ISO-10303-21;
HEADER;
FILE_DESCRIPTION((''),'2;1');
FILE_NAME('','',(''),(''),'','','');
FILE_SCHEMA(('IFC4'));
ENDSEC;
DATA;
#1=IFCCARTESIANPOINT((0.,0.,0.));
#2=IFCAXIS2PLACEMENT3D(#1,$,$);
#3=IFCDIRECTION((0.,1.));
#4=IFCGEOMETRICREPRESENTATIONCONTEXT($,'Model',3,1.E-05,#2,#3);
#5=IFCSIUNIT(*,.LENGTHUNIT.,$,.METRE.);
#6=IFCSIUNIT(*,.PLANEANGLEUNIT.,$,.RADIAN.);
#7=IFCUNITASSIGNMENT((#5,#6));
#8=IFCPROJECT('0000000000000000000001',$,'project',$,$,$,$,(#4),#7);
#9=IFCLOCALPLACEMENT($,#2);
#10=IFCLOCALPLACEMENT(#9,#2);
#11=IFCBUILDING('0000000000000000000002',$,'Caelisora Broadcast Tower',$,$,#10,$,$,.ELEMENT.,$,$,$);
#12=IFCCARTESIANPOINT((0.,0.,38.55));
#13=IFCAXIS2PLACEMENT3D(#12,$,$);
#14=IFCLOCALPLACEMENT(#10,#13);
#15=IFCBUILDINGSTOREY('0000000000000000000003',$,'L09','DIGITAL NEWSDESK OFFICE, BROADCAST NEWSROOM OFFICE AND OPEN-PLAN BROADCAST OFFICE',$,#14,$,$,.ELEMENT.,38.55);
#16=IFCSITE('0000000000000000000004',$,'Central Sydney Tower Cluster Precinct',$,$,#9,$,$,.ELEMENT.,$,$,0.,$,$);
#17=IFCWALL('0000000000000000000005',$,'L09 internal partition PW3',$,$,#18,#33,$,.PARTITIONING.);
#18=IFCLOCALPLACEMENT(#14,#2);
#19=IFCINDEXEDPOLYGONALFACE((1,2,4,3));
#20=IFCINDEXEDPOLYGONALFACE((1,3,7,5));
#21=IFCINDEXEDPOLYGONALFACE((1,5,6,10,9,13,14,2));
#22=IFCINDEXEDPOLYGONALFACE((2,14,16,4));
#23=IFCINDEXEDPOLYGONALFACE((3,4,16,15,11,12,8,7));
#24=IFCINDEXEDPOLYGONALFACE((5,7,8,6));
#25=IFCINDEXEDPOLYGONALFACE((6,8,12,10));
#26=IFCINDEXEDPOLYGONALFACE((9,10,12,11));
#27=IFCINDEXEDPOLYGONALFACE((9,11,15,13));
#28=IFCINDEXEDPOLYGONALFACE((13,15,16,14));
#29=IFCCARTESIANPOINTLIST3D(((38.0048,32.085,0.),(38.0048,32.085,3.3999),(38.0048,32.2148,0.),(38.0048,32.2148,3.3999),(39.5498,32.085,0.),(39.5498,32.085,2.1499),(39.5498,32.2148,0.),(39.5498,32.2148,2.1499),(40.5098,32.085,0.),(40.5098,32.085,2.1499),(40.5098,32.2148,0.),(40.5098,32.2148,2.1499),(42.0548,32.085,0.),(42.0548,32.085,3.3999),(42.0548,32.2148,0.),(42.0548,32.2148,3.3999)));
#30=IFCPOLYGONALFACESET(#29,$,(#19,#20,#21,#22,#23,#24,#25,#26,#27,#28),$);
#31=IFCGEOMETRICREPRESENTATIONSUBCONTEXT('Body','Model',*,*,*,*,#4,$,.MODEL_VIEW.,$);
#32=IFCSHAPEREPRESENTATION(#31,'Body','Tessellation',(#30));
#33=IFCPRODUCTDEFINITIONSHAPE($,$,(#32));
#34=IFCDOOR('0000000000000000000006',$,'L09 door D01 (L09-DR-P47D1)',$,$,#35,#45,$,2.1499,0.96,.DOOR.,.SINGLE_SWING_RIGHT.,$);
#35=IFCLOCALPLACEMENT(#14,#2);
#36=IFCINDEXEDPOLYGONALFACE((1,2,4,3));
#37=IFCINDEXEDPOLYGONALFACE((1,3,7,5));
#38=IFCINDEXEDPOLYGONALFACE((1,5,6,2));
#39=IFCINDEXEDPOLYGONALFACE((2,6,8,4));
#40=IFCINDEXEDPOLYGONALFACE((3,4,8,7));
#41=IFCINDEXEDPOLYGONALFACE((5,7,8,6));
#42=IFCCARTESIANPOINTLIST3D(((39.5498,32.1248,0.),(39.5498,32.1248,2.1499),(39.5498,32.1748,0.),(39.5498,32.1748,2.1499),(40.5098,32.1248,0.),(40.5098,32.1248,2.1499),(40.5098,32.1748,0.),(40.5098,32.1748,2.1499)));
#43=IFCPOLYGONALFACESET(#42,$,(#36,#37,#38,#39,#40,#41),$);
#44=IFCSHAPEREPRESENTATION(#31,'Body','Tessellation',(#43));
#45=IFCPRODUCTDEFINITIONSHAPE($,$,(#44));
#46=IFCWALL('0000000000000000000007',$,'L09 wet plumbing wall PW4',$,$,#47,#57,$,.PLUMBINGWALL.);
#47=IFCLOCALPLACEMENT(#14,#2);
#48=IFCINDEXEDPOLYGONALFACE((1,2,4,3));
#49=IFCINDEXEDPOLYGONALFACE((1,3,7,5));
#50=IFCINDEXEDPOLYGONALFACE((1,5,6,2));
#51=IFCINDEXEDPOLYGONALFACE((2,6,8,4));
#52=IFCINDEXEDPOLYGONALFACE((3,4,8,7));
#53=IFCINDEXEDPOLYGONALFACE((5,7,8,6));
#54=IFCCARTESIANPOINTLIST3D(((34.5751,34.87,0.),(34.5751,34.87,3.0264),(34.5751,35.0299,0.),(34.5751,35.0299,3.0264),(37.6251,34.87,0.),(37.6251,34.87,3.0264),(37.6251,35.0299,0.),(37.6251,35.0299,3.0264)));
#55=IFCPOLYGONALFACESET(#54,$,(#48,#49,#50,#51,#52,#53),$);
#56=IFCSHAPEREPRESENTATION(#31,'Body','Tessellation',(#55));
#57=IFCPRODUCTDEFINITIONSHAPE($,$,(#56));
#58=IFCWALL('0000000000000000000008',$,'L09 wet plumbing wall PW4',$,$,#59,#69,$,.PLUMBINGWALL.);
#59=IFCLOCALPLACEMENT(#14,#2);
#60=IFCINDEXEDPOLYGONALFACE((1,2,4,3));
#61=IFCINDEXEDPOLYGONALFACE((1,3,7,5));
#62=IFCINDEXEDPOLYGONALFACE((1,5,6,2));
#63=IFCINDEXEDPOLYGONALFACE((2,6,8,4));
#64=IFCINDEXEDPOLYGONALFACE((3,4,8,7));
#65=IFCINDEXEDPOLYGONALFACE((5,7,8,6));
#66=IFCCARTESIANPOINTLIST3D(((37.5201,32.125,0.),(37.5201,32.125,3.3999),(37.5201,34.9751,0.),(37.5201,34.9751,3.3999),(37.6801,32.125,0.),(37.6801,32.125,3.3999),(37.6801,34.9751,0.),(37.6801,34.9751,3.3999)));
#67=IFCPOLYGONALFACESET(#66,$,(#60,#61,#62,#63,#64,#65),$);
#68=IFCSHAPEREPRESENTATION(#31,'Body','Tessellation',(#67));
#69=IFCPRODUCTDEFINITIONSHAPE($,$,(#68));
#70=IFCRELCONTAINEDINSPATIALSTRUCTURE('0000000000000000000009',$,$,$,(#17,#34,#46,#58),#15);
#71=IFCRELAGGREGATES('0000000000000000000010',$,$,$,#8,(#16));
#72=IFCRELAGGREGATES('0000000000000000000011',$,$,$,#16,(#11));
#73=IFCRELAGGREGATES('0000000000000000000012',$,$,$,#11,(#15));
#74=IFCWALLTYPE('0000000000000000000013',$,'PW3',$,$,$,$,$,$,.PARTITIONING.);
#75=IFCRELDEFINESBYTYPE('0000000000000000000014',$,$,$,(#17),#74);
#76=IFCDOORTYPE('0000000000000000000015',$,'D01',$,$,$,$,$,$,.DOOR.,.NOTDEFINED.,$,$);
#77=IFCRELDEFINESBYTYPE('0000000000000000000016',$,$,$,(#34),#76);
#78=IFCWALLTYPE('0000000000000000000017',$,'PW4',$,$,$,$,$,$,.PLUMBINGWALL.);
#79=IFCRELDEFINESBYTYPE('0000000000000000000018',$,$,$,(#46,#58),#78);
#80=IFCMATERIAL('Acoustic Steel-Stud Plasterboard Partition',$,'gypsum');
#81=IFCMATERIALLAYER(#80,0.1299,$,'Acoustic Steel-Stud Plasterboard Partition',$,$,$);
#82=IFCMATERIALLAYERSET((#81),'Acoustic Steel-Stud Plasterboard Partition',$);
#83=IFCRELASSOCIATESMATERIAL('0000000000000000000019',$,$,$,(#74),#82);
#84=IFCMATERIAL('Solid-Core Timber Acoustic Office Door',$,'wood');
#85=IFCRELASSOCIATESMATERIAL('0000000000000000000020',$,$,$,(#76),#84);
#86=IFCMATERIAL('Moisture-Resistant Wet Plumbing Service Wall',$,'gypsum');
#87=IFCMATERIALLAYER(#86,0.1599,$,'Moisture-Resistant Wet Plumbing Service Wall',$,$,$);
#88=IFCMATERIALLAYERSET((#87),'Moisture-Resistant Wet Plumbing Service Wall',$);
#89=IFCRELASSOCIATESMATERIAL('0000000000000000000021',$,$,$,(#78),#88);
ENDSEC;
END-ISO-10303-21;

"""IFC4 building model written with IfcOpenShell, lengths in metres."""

from ifc_helpers import new_model, si_unit, direction, frame, frame_2d, origin, place, context, subcontext, project, spatial, rectangle, extrude, material, layer, layer_set, type_object, element, fill, save


model = new_model("IFC4")

# Units and contexts
model_context = context("Model", 3, precision=1e-05, world=origin(), true_north=direction((0.0, 1.0)))
body_context = subcontext(model_context, "Body", "Model", "MODEL_VIEW")
ifc_project = project(units=[si_unit("LENGTHUNIT", "METRE"), si_unit("PLANEANGLEUNIT", "RADIAN")], contexts=[model_context])

# Site, building, storey
site_placement = place(None, origin())
site = spatial("IfcSite", under=ifc_project, at=site_placement, Name="Central Sydney Tower Cluster Precinct", CompositionType="ELEMENT", RefElevation=0.0)
building_placement = place(site_placement, origin())
building = spatial("IfcBuilding", under=site, at=building_placement, Name="Caelisora Broadcast Tower", CompositionType="ELEMENT")
storey_placement = place(building_placement, frame((0.0, 0.0, 38.55)))
storey = spatial("IfcBuildingStorey", under=building, at=storey_placement, Name="L09", Description="DIGITAL NEWSDESK OFFICE, BROADCAST NEWSROOM OFFICE AND OPEN-PLAN BROADCAST OFFICE", CompositionType="ELEMENT", Elevation=38.55)

# Shared definitions
ifc_material_1 = material(Name="Acoustic Steel-Stud Plasterboard Partition", Category="gypsum")
ifc_layer_1 = layer(ifc_material_1, 0.1299, Name="Acoustic Steel-Stud Plasterboard Partition")
ifc_layer_set_1 = layer_set([ifc_layer_1], Name="Acoustic Steel-Stud Plasterboard Partition")
wall_type_1 = type_object("IfcWallType", Name="PW3", PredefinedType="PARTITIONING", material=ifc_layer_set_1)

# Wall, opening, door
ifc_material_2 = material(Name="Solid-Core Timber Acoustic Office Door", Category="wood")
door_type = type_object("IfcDoorType", Name="D01", OperationType="NOTDEFINED", PredefinedType="DOOR", material=ifc_material_2)
wall_1_placement = place(storey_placement, frame((38.0049, 32.1499, 0.0), z_axis=(0.0, 0.0, 1.0), x_axis=(1.0, 0.0, 0.0)))
wall_1 = element("IfcWall", 1, at=wall_1_placement, inside=storey, type_object=wall_type_1, Name="L09 internal partition PW3", PredefinedType="PARTITIONING", context=body_context, shape_type="SweptSolid", body=[
    extrude(rectangle(XDim=4.05, YDim=0.1299, at=frame_2d((2.0249, 0.0))), origin(), (0.0, 0.0, 1.0), 3.3999),
])
opening_1_placement = place(wall_1_placement, frame((1.5449, 0.0, 0.0)))
opening_1 = element("IfcOpeningElement", 2, at=opening_1_placement, cuts=wall_1, PredefinedType="OPENING", context=body_context, shape_type="SweptSolid", body=[
    extrude(rectangle(XDim=0.96, YDim=2.1499, at=frame_2d((0.48, 1.075))), frame((0.0, 0.0769, 0.0), z_axis=(0.0, -1.0, 0.0), x_axis=(1.0, 0.0, 0.0)), (0.0, 0.0, 1.0), 0.1538),
])
door_1_placement = place(opening_1_placement, origin())
door_1 = element("IfcDoor", 3, at=door_1_placement, inside=storey, type_object=door_type, Name="L09 door D01 (L09-DR-P47D1)", OperationType="SINGLE_SWING_RIGHT", OverallHeight=2.1499, OverallWidth=0.96, PredefinedType="DOOR", context=body_context, shape_type="SweptSolid", body=[
    extrude(rectangle(XDim=0.96, YDim=2.1499, at=frame_2d((0.48, 1.075))), frame((0.0, 0.0249, 0.0), z_axis=(0.0, -1.0, 0.0), x_axis=(1.0, 0.0, 0.0)), (0.0, 0.0, 1.0), 0.05),
])
fill(opening_1, door_1)

# Walls
ifc_material_3 = material(Name="Moisture-Resistant Wet Plumbing Service Wall", Category="gypsum")
ifc_layer_2 = layer(ifc_material_3, 0.1599, Name="Moisture-Resistant Wet Plumbing Service Wall")
ifc_layer_set_2 = layer_set([ifc_layer_2], Name="Moisture-Resistant Wet Plumbing Service Wall")
wall_type_2 = type_object("IfcWallType", Name="PW4", PredefinedType="PLUMBINGWALL", material=ifc_layer_set_2)
wall_2_placement = place(storey_placement, frame((37.625, 34.95, 0.0), z_axis=(0.0, 0.0, 1.0), x_axis=(-1.0, 0.0, 0.0)))
element("IfcWall", 4, at=wall_2_placement, inside=storey, type_object=wall_type_2, Name="L09 wet plumbing wall PW4", PredefinedType="PLUMBINGWALL", context=body_context, shape_type="SweptSolid", body=[
    extrude(rectangle(XDim=3.05, YDim=0.1599, at=frame_2d((1.5249, 0.0))), origin(), (0.0, 0.0, 1.0), 3.0264),
])
wall_3_placement = place(storey_placement, frame((37.6001, 32.125, 0.0), z_axis=(0.0, 0.0, 1.0), x_axis=(0.0, 1.0, 0.0)))
element("IfcWall", 5, at=wall_3_placement, inside=storey, type_object=wall_type_2, Name="L09 wet plumbing wall PW4", PredefinedType="PLUMBINGWALL", context=body_context, shape_type="SweptSolid", body=[
    extrude(rectangle(XDim=2.8501, YDim=0.1599, at=frame_2d((1.425, 0.0))), origin(), (0.0, 0.0, 1.0), 3.3999),
])

save(model, "model.ifc")
